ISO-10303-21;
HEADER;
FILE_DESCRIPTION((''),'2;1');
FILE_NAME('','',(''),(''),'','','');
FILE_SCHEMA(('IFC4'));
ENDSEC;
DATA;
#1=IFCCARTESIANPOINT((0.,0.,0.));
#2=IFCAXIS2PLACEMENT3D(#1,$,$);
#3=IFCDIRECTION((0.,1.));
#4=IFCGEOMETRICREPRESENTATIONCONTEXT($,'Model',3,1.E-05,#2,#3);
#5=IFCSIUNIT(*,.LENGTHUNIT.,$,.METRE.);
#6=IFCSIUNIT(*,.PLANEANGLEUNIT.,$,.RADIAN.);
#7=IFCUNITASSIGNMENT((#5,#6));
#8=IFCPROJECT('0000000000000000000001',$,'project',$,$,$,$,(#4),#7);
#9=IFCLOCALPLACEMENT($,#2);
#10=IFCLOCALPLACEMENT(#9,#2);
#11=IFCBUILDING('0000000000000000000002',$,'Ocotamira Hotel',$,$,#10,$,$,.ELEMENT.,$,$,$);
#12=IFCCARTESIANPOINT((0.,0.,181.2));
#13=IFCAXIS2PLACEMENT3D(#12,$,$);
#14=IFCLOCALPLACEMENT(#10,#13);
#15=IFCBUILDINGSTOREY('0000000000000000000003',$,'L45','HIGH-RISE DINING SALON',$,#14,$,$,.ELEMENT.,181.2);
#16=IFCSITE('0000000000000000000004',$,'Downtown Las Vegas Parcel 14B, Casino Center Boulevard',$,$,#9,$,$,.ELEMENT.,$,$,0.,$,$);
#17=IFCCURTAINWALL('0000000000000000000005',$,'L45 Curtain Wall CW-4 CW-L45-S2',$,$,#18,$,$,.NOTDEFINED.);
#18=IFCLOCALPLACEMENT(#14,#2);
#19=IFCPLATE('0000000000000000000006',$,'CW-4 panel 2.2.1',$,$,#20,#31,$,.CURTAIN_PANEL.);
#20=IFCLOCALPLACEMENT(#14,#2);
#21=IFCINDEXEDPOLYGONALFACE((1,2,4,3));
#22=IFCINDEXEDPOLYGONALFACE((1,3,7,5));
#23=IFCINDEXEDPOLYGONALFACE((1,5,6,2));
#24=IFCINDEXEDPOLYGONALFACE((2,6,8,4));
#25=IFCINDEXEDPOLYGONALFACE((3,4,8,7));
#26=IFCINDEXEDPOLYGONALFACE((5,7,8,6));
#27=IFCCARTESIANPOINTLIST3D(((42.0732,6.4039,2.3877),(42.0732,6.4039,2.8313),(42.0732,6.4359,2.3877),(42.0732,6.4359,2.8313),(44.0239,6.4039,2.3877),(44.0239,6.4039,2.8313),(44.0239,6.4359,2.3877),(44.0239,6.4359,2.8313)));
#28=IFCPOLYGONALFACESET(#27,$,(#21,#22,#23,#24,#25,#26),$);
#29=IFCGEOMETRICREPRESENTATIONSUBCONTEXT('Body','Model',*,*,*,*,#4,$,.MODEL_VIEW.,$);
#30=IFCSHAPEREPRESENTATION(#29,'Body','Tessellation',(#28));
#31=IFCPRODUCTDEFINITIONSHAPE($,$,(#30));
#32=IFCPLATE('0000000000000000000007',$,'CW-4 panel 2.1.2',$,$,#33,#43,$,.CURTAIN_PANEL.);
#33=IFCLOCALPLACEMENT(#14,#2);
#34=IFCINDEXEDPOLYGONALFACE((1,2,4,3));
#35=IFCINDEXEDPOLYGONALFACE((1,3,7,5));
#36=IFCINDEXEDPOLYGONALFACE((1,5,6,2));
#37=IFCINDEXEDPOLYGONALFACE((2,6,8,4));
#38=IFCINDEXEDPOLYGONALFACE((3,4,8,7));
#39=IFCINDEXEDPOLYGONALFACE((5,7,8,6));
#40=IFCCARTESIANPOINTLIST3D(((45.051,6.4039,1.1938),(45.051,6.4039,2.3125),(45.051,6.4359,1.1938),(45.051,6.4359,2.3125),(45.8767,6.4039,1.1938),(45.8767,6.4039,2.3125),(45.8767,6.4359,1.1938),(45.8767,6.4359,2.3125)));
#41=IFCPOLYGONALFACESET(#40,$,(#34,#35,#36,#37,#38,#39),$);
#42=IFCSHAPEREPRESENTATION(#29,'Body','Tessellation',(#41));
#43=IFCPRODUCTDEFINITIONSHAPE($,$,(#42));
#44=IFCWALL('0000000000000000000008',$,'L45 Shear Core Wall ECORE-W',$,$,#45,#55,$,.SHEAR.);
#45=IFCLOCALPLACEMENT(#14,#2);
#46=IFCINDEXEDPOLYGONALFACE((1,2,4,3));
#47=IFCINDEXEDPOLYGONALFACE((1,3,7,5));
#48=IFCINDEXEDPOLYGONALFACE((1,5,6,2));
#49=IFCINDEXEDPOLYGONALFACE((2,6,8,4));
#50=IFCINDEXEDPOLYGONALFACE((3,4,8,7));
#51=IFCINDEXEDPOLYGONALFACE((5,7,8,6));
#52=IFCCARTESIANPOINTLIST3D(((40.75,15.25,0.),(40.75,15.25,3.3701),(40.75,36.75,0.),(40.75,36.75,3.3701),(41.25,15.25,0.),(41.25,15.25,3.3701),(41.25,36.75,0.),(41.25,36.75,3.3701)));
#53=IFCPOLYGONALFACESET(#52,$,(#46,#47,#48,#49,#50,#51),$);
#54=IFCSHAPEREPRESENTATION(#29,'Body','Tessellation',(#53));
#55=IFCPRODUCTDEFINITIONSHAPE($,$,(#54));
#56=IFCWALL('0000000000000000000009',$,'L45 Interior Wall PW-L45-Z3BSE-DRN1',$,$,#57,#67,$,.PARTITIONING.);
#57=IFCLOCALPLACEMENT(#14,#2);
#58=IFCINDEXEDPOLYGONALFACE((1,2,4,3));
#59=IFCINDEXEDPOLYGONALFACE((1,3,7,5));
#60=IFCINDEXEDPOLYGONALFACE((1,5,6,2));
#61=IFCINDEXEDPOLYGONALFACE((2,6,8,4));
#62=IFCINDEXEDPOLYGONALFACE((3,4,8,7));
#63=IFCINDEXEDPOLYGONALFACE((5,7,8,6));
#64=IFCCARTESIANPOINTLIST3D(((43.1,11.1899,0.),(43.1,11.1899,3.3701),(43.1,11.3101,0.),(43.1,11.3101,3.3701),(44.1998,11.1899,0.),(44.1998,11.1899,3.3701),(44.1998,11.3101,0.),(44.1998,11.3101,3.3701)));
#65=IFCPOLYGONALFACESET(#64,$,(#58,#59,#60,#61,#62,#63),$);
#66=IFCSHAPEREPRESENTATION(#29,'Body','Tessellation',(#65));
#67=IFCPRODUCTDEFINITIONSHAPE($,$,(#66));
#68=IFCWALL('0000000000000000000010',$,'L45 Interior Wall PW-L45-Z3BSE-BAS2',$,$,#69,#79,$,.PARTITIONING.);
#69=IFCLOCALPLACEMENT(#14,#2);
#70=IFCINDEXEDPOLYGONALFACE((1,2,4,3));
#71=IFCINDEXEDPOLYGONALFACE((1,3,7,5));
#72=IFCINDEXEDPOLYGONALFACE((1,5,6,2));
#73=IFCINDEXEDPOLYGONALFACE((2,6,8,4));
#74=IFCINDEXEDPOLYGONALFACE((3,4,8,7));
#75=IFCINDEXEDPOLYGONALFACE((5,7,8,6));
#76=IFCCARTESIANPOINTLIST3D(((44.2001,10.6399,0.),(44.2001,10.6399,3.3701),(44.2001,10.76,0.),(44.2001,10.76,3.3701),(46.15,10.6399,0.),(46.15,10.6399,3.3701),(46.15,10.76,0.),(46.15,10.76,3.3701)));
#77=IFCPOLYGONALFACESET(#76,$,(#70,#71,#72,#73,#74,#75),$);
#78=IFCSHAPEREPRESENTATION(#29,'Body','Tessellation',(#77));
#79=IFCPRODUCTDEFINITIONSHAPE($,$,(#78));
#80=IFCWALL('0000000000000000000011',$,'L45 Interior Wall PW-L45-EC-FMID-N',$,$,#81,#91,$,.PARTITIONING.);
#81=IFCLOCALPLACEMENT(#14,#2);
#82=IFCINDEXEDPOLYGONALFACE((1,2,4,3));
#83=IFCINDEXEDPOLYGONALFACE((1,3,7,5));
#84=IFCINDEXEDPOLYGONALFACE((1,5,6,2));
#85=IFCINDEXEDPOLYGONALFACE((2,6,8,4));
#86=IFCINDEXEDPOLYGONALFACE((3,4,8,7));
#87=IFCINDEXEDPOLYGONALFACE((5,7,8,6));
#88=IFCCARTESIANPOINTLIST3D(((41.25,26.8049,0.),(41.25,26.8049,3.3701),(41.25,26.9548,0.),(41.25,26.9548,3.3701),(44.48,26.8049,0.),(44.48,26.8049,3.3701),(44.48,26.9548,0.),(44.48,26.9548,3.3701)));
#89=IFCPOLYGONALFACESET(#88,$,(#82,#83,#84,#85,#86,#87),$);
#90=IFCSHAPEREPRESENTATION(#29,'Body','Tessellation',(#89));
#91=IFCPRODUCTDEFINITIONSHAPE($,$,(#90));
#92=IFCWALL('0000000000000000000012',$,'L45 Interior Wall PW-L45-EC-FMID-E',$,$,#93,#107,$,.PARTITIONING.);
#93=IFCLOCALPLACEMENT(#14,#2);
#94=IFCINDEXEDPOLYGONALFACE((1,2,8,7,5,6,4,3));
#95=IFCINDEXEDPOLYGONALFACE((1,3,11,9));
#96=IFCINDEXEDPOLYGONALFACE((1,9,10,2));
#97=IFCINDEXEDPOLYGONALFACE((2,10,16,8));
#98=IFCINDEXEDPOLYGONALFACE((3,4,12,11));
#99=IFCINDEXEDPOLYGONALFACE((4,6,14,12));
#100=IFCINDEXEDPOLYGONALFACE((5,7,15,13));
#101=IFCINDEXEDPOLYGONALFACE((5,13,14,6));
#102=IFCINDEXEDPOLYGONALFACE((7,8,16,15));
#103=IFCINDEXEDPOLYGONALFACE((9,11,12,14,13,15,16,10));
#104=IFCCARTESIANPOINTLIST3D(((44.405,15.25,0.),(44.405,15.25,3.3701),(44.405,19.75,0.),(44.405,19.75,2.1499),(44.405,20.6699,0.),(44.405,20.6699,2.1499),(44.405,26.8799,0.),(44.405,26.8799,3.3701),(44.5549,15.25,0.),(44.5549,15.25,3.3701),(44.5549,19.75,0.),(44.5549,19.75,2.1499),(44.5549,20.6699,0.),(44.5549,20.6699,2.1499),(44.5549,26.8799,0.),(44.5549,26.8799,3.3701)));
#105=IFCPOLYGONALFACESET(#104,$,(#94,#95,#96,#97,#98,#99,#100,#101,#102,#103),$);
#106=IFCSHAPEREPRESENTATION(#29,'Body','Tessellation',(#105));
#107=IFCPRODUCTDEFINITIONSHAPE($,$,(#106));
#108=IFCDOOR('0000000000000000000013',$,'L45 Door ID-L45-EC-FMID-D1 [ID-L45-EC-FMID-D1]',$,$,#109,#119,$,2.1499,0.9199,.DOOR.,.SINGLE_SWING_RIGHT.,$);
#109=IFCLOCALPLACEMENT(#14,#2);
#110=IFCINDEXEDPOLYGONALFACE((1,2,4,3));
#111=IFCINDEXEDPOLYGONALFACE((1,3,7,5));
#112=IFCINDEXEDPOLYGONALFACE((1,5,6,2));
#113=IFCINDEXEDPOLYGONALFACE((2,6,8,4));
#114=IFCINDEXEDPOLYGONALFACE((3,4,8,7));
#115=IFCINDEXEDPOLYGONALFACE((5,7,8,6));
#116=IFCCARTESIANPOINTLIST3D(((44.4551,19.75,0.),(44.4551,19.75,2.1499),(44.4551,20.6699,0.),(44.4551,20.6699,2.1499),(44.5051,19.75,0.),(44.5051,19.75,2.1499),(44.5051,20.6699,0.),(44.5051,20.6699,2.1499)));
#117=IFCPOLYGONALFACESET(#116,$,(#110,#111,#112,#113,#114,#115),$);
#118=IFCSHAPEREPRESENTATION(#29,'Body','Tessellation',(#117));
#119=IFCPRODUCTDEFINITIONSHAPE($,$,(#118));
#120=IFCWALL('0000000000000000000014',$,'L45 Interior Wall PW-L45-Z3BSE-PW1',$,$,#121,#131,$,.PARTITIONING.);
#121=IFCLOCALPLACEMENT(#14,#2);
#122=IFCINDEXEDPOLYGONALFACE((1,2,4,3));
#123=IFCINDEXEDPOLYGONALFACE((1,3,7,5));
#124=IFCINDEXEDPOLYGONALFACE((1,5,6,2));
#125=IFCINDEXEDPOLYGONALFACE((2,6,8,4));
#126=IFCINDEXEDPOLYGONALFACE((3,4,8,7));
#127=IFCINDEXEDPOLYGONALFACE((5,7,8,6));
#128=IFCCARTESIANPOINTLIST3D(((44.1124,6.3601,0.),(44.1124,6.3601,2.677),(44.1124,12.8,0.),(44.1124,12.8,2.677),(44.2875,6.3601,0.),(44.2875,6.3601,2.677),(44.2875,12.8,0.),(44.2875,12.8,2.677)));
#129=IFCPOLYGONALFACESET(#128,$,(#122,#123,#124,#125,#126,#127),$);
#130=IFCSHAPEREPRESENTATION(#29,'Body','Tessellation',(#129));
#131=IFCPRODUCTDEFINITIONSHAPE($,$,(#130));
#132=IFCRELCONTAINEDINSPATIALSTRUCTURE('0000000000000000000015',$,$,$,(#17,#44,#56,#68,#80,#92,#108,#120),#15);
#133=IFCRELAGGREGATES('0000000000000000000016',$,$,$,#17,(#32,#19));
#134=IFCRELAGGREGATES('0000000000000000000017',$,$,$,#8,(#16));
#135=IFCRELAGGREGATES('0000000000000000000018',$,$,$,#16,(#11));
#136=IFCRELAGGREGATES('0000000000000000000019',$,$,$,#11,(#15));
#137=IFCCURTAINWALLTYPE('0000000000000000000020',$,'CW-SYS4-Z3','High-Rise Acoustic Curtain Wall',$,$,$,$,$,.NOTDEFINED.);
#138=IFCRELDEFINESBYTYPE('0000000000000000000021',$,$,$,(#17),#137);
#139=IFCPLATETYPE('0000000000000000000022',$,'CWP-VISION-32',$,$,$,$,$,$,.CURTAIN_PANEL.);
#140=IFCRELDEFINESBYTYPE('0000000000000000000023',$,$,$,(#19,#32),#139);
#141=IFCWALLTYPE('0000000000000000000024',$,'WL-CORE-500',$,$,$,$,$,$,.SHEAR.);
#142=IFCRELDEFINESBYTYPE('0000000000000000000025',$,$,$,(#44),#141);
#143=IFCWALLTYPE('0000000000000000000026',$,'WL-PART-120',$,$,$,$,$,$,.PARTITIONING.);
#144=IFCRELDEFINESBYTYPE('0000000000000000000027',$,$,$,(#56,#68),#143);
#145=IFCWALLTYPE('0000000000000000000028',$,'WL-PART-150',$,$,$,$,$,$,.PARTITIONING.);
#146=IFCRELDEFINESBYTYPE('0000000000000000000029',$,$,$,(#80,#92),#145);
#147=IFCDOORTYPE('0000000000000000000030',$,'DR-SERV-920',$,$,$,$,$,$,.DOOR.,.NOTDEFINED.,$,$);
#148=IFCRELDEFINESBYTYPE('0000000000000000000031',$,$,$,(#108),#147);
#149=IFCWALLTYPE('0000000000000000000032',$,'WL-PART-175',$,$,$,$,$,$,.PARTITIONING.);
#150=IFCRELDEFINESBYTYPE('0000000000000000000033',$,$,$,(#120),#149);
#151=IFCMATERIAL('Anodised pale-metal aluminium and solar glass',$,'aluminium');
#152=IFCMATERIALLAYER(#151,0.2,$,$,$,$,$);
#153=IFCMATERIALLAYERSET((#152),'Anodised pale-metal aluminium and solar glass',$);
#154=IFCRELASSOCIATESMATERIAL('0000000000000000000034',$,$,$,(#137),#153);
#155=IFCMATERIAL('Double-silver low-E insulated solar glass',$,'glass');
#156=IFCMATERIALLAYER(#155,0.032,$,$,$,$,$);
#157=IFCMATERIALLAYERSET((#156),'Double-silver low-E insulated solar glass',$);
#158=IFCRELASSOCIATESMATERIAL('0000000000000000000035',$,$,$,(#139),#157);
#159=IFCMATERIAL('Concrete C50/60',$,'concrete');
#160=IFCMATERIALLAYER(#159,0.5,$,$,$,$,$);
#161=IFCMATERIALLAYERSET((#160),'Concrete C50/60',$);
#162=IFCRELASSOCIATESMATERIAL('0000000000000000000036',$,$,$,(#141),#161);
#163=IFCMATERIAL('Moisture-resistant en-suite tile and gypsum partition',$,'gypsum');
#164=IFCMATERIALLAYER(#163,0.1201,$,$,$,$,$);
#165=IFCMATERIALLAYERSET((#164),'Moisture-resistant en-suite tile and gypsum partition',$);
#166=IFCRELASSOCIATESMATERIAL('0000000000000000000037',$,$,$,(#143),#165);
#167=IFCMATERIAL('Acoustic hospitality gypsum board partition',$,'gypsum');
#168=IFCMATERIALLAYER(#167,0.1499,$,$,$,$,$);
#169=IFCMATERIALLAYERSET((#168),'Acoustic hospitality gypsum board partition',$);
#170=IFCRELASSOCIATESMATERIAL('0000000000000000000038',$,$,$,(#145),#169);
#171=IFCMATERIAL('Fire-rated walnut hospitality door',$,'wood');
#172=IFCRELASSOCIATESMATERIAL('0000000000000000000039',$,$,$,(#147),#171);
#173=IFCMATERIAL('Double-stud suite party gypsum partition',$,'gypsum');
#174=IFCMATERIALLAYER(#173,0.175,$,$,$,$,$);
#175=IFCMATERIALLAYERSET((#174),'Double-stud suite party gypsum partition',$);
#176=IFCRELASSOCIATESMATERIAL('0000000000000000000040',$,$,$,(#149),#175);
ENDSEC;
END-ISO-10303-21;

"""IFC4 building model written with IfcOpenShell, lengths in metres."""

from ifc_helpers import new_model, si_unit, direction, frame, frame_2d, origin, origin_2d, place, context, subcontext, project, spatial, rectangle, extrude, source, transform, mapped, material, layer, layer_set, type_object, element, fill, aggregate, save


model = new_model("IFC4")

# Units and contexts
model_context = context("Model", 3, precision=1e-05, world=origin(), true_north=direction((0.0, 1.0)))
body_context = subcontext(model_context, "Body", "Model", "MODEL_VIEW")
ifc_project = project(units=[si_unit("LENGTHUNIT", "METRE"), si_unit("PLANEANGLEUNIT", "RADIAN")], contexts=[model_context])

# Site, building, storey
site_placement = place(None, origin())
site = spatial("IfcSite", under=ifc_project, at=site_placement, Name="Downtown Las Vegas Parcel 14B, Casino Center Boulevard", CompositionType="ELEMENT", RefElevation=0.0)
building_placement = place(site_placement, origin())
building = spatial("IfcBuilding", under=site, at=building_placement, Name="Ocotamira Hotel", CompositionType="ELEMENT")
storey_placement = place(building_placement, frame((0.0, 0.0, 181.2)))
storey = spatial("IfcBuildingStorey", under=building, at=storey_placement, Name="L45", Description="HIGH-RISE DINING SALON", CompositionType="ELEMENT", Elevation=181.2)

# Curtain wall
ifc_material_1 = material(Name="Anodised pale-metal aluminium and solar glass", Category="aluminium")
ifc_layer_1 = layer(ifc_material_1, 0.2)
ifc_layer_set_1 = layer_set([ifc_layer_1], Name="Anodised pale-metal aluminium and solar glass")
curtain_wall_type = type_object("IfcCurtainWallType", Name="CW-SYS4-Z3", Description="High-Rise Acoustic Curtain Wall", PredefinedType="NOTDEFINED", material=ifc_layer_set_1)
curtain_wall_placement = place(storey_placement, origin())
curtain_wall = element("IfcCurtainWall", 1, at=curtain_wall_placement, inside=storey, type_object=curtain_wall_type, Name="L45 Curtain Wall CW-4 CW-L45-S2", PredefinedType="NOTDEFINED")

# Plates
ifc_material_2 = material(Name="Double-silver low-E insulated solar glass", Category="glass")
ifc_layer_2 = layer(ifc_material_2, 0.032)
ifc_layer_set_2 = layer_set([ifc_layer_2], Name="Double-silver low-E insulated solar glass")
plate_type_1 = type_object("IfcPlateType", Name="CWP-VISION-32", PredefinedType="CURTAIN_PANEL", material=ifc_layer_set_2)
shared_shape_1 = source(origin(), body_context, "Body", "SweptSolid", [
    extrude(rectangle(XDim=1.9507, YDim=0.032, at=origin_2d()), origin(), (0.0, 0.0, 1.0), 0.4436),
])
plate_1_placement = place(storey_placement, frame((43.0486, 6.4199, 2.3877), z_axis=(0.0, 0.0, 1.0), x_axis=(1.0, 0.0, 0.0)))
plate_1 = element("IfcPlate", 2, at=plate_1_placement, type_object=plate_type_1, Name="CW-4 panel 2.2.1", PredefinedType="CURTAIN_PANEL", context=body_context, shape_type="MappedRepresentation", body=[
    mapped(shared_shape_1, transform((0.0, 0.0, 0.0), scale=1.0)),
])
shared_shape_2 = source(origin(), body_context, "Body", "SweptSolid", [
    extrude(rectangle(XDim=0.8257, YDim=0.032, at=origin_2d()), origin(), (0.0, 0.0, 1.0), 1.1187),
])
plate_2_placement = place(storey_placement, frame((45.4639, 6.4199, 1.1938), z_axis=(0.0, 0.0, 1.0), x_axis=(1.0, 0.0, 0.0)))
plate_2 = element("IfcPlate", 3, at=plate_2_placement, type_object=plate_type_1, Name="CW-4 panel 2.1.2", PredefinedType="CURTAIN_PANEL", context=body_context, shape_type="MappedRepresentation", body=[
    mapped(shared_shape_2, transform((0.0, 0.0, 0.0), scale=1.0)),
])
aggregate(curtain_wall, [plate_2, plate_1])

# Shared definitions
ifc_material_3 = material(Name="Concrete C50/60", Category="concrete")
ifc_layer_3 = layer(ifc_material_3, 0.5)
ifc_layer_set_3 = layer_set([ifc_layer_3], Name="Concrete C50/60")
wall_type_1 = type_object("IfcWallType", Name="WL-CORE-500", PredefinedType="SHEAR", material=ifc_layer_set_3)

# Walls
wall_1_placement = place(storey_placement, frame((41.0, 15.25, 0.0), z_axis=(0.0, 0.0, 1.0), x_axis=(0.0, 1.0, 0.0)))
element("IfcWall", 4, at=wall_1_placement, inside=storey, type_object=wall_type_1, Name="L45 Shear Core Wall ECORE-W", PredefinedType="SHEAR", context=body_context, shape_type="SweptSolid", body=[
    extrude(rectangle(XDim=21.5, YDim=0.5, at=frame_2d((10.75, 0.0))), origin(), (0.0, 0.0, 1.0), 3.3701),
])
ifc_material_4 = material(Name="Moisture-resistant en-suite tile and gypsum partition", Category="gypsum")
ifc_layer_4 = layer(ifc_material_4, 0.1201)
ifc_layer_set_4 = layer_set([ifc_layer_4], Name="Moisture-resistant en-suite tile and gypsum partition")
wall_type_2 = type_object("IfcWallType", Name="WL-PART-120", PredefinedType="PARTITIONING", material=ifc_layer_set_4)
wall_2_placement = place(storey_placement, frame((43.1001, 11.25, 0.0), z_axis=(0.0, 0.0, 1.0), x_axis=(1.0, 0.0, 0.0)))
element("IfcWall", 5, at=wall_2_placement, inside=storey, type_object=wall_type_2, Name="L45 Interior Wall PW-L45-Z3BSE-DRN1", PredefinedType="PARTITIONING", context=body_context, shape_type="SweptSolid", body=[
    extrude(rectangle(XDim=1.0999, YDim=0.1201, at=frame_2d((0.5498, 0.0))), origin(), (0.0, 0.0, 1.0), 3.3701),
])
wall_3_placement = place(storey_placement, frame((44.2, 10.7, 0.0), z_axis=(0.0, 0.0, 1.0), x_axis=(1.0, 0.0, 0.0)))
element("IfcWall", 6, at=wall_3_placement, inside=storey, type_object=wall_type_2, Name="L45 Interior Wall PW-L45-Z3BSE-BAS2", PredefinedType="PARTITIONING", context=body_context, shape_type="SweptSolid", body=[
    extrude(rectangle(XDim=1.95, YDim=0.1201, at=frame_2d((0.9751, 0.0))), origin(), (0.0, 0.0, 1.0), 3.3701),
])
ifc_material_5 = material(Name="Acoustic hospitality gypsum board partition", Category="gypsum")
ifc_layer_5 = layer(ifc_material_5, 0.1499)
ifc_layer_set_5 = layer_set([ifc_layer_5], Name="Acoustic hospitality gypsum board partition")
wall_type_3 = type_object("IfcWallType", Name="WL-PART-150", PredefinedType="PARTITIONING", material=ifc_layer_set_5)
wall_4_placement = place(storey_placement, frame((41.25, 26.8799, 0.0), z_axis=(0.0, 0.0, 1.0), x_axis=(1.0, 0.0, 0.0)))
element("IfcWall", 7, at=wall_4_placement, inside=storey, type_object=wall_type_3, Name="L45 Interior Wall PW-L45-EC-FMID-N", PredefinedType="PARTITIONING", context=body_context, shape_type="SweptSolid", body=[
    extrude(rectangle(XDim=3.23, YDim=0.1499, at=frame_2d((1.615, 0.0))), origin(), (0.0, 0.0, 1.0), 3.3701),
])

# Wall, opening, door
wall_5_placement = place(storey_placement, frame((44.48, 15.25, 0.0), z_axis=(0.0, 0.0, 1.0), x_axis=(0.0, 1.0, 0.0)))
wall_5 = element("IfcWall", 8, at=wall_5_placement, inside=storey, type_object=wall_type_3, Name="L45 Interior Wall PW-L45-EC-FMID-E", PredefinedType="PARTITIONING", context=body_context, shape_type="SweptSolid", body=[
    extrude(rectangle(XDim=11.6299, YDim=0.1499, at=frame_2d((5.8149, 0.0))), origin(), (0.0, 0.0, 1.0), 3.3701),
])
opening_1_placement = place(wall_5_placement, frame((4.5, 0.0, 0.0)))
opening_1 = element("IfcOpeningElement", 9, at=opening_1_placement, cuts=wall_5, PredefinedType="OPENING", context=body_context, shape_type="SweptSolid", body=[
    extrude(rectangle(XDim=0.9199, YDim=2.1499, at=frame_2d((0.46, 1.075))), frame((0.0, 0.085, 0.0), z_axis=(0.0, -1.0, 0.0), x_axis=(1.0, 0.0, 0.0)), (0.0, 0.0, 1.0), 0.1699),
])
ifc_material_6 = material(Name="Fire-rated walnut hospitality door", Category="wood")
door_type_1 = type_object("IfcDoorType", Name="DR-SERV-920", OperationType="NOTDEFINED", PredefinedType="DOOR", material=ifc_material_6)
shared_shape_3 = source(origin(), body_context, "Body", "SweptSolid", [
    extrude(rectangle(XDim=0.9199, YDim=2.1499, at=frame_2d((0.46, 1.075))), frame((0.0, 0.0249, 0.0), z_axis=(0.0, -1.0, 0.0), x_axis=(1.0, 0.0, 0.0)), (0.0, 0.0, 1.0), 0.05),
])
door_1_placement = place(opening_1_placement, origin())
door_1 = element("IfcDoor", 10, at=door_1_placement, inside=storey, type_object=door_type_1, Name="L45 Door ID-L45-EC-FMID-D1 [ID-L45-EC-FMID-D1]", OperationType="SINGLE_SWING_RIGHT", OverallHeight=2.1499, OverallWidth=0.9199, PredefinedType="DOOR", context=body_context, shape_type="MappedRepresentation", body=[
    mapped(shared_shape_3, transform((0.0, 0.0, 0.0), scale=1.0)),
])
fill(opening_1, door_1)

# Wall
ifc_material_7 = material(Name="Double-stud suite party gypsum partition", Category="gypsum")
ifc_layer_6 = layer(ifc_material_7, 0.175)
ifc_layer_set_6 = layer_set([ifc_layer_6], Name="Double-stud suite party gypsum partition")
wall_type_4 = type_object("IfcWallType", Name="WL-PART-175", PredefinedType="PARTITIONING", material=ifc_layer_set_6)
wall_6_placement = place(storey_placement, frame((44.2, 6.3601, 0.0), z_axis=(0.0, 0.0, 1.0), x_axis=(0.0, 1.0, 0.0)))
element("IfcWall", 11, at=wall_6_placement, inside=storey, type_object=wall_type_4, Name="L45 Interior Wall PW-L45-Z3BSE-PW1", PredefinedType="PARTITIONING", context=body_context, shape_type="SweptSolid", body=[
    extrude(rectangle(XDim=6.4399, YDim=0.175, at=frame_2d((3.22, 0.0))), origin(), (0.0, 0.0, 1.0), 2.677),
])

save(model, "model.ifc")
